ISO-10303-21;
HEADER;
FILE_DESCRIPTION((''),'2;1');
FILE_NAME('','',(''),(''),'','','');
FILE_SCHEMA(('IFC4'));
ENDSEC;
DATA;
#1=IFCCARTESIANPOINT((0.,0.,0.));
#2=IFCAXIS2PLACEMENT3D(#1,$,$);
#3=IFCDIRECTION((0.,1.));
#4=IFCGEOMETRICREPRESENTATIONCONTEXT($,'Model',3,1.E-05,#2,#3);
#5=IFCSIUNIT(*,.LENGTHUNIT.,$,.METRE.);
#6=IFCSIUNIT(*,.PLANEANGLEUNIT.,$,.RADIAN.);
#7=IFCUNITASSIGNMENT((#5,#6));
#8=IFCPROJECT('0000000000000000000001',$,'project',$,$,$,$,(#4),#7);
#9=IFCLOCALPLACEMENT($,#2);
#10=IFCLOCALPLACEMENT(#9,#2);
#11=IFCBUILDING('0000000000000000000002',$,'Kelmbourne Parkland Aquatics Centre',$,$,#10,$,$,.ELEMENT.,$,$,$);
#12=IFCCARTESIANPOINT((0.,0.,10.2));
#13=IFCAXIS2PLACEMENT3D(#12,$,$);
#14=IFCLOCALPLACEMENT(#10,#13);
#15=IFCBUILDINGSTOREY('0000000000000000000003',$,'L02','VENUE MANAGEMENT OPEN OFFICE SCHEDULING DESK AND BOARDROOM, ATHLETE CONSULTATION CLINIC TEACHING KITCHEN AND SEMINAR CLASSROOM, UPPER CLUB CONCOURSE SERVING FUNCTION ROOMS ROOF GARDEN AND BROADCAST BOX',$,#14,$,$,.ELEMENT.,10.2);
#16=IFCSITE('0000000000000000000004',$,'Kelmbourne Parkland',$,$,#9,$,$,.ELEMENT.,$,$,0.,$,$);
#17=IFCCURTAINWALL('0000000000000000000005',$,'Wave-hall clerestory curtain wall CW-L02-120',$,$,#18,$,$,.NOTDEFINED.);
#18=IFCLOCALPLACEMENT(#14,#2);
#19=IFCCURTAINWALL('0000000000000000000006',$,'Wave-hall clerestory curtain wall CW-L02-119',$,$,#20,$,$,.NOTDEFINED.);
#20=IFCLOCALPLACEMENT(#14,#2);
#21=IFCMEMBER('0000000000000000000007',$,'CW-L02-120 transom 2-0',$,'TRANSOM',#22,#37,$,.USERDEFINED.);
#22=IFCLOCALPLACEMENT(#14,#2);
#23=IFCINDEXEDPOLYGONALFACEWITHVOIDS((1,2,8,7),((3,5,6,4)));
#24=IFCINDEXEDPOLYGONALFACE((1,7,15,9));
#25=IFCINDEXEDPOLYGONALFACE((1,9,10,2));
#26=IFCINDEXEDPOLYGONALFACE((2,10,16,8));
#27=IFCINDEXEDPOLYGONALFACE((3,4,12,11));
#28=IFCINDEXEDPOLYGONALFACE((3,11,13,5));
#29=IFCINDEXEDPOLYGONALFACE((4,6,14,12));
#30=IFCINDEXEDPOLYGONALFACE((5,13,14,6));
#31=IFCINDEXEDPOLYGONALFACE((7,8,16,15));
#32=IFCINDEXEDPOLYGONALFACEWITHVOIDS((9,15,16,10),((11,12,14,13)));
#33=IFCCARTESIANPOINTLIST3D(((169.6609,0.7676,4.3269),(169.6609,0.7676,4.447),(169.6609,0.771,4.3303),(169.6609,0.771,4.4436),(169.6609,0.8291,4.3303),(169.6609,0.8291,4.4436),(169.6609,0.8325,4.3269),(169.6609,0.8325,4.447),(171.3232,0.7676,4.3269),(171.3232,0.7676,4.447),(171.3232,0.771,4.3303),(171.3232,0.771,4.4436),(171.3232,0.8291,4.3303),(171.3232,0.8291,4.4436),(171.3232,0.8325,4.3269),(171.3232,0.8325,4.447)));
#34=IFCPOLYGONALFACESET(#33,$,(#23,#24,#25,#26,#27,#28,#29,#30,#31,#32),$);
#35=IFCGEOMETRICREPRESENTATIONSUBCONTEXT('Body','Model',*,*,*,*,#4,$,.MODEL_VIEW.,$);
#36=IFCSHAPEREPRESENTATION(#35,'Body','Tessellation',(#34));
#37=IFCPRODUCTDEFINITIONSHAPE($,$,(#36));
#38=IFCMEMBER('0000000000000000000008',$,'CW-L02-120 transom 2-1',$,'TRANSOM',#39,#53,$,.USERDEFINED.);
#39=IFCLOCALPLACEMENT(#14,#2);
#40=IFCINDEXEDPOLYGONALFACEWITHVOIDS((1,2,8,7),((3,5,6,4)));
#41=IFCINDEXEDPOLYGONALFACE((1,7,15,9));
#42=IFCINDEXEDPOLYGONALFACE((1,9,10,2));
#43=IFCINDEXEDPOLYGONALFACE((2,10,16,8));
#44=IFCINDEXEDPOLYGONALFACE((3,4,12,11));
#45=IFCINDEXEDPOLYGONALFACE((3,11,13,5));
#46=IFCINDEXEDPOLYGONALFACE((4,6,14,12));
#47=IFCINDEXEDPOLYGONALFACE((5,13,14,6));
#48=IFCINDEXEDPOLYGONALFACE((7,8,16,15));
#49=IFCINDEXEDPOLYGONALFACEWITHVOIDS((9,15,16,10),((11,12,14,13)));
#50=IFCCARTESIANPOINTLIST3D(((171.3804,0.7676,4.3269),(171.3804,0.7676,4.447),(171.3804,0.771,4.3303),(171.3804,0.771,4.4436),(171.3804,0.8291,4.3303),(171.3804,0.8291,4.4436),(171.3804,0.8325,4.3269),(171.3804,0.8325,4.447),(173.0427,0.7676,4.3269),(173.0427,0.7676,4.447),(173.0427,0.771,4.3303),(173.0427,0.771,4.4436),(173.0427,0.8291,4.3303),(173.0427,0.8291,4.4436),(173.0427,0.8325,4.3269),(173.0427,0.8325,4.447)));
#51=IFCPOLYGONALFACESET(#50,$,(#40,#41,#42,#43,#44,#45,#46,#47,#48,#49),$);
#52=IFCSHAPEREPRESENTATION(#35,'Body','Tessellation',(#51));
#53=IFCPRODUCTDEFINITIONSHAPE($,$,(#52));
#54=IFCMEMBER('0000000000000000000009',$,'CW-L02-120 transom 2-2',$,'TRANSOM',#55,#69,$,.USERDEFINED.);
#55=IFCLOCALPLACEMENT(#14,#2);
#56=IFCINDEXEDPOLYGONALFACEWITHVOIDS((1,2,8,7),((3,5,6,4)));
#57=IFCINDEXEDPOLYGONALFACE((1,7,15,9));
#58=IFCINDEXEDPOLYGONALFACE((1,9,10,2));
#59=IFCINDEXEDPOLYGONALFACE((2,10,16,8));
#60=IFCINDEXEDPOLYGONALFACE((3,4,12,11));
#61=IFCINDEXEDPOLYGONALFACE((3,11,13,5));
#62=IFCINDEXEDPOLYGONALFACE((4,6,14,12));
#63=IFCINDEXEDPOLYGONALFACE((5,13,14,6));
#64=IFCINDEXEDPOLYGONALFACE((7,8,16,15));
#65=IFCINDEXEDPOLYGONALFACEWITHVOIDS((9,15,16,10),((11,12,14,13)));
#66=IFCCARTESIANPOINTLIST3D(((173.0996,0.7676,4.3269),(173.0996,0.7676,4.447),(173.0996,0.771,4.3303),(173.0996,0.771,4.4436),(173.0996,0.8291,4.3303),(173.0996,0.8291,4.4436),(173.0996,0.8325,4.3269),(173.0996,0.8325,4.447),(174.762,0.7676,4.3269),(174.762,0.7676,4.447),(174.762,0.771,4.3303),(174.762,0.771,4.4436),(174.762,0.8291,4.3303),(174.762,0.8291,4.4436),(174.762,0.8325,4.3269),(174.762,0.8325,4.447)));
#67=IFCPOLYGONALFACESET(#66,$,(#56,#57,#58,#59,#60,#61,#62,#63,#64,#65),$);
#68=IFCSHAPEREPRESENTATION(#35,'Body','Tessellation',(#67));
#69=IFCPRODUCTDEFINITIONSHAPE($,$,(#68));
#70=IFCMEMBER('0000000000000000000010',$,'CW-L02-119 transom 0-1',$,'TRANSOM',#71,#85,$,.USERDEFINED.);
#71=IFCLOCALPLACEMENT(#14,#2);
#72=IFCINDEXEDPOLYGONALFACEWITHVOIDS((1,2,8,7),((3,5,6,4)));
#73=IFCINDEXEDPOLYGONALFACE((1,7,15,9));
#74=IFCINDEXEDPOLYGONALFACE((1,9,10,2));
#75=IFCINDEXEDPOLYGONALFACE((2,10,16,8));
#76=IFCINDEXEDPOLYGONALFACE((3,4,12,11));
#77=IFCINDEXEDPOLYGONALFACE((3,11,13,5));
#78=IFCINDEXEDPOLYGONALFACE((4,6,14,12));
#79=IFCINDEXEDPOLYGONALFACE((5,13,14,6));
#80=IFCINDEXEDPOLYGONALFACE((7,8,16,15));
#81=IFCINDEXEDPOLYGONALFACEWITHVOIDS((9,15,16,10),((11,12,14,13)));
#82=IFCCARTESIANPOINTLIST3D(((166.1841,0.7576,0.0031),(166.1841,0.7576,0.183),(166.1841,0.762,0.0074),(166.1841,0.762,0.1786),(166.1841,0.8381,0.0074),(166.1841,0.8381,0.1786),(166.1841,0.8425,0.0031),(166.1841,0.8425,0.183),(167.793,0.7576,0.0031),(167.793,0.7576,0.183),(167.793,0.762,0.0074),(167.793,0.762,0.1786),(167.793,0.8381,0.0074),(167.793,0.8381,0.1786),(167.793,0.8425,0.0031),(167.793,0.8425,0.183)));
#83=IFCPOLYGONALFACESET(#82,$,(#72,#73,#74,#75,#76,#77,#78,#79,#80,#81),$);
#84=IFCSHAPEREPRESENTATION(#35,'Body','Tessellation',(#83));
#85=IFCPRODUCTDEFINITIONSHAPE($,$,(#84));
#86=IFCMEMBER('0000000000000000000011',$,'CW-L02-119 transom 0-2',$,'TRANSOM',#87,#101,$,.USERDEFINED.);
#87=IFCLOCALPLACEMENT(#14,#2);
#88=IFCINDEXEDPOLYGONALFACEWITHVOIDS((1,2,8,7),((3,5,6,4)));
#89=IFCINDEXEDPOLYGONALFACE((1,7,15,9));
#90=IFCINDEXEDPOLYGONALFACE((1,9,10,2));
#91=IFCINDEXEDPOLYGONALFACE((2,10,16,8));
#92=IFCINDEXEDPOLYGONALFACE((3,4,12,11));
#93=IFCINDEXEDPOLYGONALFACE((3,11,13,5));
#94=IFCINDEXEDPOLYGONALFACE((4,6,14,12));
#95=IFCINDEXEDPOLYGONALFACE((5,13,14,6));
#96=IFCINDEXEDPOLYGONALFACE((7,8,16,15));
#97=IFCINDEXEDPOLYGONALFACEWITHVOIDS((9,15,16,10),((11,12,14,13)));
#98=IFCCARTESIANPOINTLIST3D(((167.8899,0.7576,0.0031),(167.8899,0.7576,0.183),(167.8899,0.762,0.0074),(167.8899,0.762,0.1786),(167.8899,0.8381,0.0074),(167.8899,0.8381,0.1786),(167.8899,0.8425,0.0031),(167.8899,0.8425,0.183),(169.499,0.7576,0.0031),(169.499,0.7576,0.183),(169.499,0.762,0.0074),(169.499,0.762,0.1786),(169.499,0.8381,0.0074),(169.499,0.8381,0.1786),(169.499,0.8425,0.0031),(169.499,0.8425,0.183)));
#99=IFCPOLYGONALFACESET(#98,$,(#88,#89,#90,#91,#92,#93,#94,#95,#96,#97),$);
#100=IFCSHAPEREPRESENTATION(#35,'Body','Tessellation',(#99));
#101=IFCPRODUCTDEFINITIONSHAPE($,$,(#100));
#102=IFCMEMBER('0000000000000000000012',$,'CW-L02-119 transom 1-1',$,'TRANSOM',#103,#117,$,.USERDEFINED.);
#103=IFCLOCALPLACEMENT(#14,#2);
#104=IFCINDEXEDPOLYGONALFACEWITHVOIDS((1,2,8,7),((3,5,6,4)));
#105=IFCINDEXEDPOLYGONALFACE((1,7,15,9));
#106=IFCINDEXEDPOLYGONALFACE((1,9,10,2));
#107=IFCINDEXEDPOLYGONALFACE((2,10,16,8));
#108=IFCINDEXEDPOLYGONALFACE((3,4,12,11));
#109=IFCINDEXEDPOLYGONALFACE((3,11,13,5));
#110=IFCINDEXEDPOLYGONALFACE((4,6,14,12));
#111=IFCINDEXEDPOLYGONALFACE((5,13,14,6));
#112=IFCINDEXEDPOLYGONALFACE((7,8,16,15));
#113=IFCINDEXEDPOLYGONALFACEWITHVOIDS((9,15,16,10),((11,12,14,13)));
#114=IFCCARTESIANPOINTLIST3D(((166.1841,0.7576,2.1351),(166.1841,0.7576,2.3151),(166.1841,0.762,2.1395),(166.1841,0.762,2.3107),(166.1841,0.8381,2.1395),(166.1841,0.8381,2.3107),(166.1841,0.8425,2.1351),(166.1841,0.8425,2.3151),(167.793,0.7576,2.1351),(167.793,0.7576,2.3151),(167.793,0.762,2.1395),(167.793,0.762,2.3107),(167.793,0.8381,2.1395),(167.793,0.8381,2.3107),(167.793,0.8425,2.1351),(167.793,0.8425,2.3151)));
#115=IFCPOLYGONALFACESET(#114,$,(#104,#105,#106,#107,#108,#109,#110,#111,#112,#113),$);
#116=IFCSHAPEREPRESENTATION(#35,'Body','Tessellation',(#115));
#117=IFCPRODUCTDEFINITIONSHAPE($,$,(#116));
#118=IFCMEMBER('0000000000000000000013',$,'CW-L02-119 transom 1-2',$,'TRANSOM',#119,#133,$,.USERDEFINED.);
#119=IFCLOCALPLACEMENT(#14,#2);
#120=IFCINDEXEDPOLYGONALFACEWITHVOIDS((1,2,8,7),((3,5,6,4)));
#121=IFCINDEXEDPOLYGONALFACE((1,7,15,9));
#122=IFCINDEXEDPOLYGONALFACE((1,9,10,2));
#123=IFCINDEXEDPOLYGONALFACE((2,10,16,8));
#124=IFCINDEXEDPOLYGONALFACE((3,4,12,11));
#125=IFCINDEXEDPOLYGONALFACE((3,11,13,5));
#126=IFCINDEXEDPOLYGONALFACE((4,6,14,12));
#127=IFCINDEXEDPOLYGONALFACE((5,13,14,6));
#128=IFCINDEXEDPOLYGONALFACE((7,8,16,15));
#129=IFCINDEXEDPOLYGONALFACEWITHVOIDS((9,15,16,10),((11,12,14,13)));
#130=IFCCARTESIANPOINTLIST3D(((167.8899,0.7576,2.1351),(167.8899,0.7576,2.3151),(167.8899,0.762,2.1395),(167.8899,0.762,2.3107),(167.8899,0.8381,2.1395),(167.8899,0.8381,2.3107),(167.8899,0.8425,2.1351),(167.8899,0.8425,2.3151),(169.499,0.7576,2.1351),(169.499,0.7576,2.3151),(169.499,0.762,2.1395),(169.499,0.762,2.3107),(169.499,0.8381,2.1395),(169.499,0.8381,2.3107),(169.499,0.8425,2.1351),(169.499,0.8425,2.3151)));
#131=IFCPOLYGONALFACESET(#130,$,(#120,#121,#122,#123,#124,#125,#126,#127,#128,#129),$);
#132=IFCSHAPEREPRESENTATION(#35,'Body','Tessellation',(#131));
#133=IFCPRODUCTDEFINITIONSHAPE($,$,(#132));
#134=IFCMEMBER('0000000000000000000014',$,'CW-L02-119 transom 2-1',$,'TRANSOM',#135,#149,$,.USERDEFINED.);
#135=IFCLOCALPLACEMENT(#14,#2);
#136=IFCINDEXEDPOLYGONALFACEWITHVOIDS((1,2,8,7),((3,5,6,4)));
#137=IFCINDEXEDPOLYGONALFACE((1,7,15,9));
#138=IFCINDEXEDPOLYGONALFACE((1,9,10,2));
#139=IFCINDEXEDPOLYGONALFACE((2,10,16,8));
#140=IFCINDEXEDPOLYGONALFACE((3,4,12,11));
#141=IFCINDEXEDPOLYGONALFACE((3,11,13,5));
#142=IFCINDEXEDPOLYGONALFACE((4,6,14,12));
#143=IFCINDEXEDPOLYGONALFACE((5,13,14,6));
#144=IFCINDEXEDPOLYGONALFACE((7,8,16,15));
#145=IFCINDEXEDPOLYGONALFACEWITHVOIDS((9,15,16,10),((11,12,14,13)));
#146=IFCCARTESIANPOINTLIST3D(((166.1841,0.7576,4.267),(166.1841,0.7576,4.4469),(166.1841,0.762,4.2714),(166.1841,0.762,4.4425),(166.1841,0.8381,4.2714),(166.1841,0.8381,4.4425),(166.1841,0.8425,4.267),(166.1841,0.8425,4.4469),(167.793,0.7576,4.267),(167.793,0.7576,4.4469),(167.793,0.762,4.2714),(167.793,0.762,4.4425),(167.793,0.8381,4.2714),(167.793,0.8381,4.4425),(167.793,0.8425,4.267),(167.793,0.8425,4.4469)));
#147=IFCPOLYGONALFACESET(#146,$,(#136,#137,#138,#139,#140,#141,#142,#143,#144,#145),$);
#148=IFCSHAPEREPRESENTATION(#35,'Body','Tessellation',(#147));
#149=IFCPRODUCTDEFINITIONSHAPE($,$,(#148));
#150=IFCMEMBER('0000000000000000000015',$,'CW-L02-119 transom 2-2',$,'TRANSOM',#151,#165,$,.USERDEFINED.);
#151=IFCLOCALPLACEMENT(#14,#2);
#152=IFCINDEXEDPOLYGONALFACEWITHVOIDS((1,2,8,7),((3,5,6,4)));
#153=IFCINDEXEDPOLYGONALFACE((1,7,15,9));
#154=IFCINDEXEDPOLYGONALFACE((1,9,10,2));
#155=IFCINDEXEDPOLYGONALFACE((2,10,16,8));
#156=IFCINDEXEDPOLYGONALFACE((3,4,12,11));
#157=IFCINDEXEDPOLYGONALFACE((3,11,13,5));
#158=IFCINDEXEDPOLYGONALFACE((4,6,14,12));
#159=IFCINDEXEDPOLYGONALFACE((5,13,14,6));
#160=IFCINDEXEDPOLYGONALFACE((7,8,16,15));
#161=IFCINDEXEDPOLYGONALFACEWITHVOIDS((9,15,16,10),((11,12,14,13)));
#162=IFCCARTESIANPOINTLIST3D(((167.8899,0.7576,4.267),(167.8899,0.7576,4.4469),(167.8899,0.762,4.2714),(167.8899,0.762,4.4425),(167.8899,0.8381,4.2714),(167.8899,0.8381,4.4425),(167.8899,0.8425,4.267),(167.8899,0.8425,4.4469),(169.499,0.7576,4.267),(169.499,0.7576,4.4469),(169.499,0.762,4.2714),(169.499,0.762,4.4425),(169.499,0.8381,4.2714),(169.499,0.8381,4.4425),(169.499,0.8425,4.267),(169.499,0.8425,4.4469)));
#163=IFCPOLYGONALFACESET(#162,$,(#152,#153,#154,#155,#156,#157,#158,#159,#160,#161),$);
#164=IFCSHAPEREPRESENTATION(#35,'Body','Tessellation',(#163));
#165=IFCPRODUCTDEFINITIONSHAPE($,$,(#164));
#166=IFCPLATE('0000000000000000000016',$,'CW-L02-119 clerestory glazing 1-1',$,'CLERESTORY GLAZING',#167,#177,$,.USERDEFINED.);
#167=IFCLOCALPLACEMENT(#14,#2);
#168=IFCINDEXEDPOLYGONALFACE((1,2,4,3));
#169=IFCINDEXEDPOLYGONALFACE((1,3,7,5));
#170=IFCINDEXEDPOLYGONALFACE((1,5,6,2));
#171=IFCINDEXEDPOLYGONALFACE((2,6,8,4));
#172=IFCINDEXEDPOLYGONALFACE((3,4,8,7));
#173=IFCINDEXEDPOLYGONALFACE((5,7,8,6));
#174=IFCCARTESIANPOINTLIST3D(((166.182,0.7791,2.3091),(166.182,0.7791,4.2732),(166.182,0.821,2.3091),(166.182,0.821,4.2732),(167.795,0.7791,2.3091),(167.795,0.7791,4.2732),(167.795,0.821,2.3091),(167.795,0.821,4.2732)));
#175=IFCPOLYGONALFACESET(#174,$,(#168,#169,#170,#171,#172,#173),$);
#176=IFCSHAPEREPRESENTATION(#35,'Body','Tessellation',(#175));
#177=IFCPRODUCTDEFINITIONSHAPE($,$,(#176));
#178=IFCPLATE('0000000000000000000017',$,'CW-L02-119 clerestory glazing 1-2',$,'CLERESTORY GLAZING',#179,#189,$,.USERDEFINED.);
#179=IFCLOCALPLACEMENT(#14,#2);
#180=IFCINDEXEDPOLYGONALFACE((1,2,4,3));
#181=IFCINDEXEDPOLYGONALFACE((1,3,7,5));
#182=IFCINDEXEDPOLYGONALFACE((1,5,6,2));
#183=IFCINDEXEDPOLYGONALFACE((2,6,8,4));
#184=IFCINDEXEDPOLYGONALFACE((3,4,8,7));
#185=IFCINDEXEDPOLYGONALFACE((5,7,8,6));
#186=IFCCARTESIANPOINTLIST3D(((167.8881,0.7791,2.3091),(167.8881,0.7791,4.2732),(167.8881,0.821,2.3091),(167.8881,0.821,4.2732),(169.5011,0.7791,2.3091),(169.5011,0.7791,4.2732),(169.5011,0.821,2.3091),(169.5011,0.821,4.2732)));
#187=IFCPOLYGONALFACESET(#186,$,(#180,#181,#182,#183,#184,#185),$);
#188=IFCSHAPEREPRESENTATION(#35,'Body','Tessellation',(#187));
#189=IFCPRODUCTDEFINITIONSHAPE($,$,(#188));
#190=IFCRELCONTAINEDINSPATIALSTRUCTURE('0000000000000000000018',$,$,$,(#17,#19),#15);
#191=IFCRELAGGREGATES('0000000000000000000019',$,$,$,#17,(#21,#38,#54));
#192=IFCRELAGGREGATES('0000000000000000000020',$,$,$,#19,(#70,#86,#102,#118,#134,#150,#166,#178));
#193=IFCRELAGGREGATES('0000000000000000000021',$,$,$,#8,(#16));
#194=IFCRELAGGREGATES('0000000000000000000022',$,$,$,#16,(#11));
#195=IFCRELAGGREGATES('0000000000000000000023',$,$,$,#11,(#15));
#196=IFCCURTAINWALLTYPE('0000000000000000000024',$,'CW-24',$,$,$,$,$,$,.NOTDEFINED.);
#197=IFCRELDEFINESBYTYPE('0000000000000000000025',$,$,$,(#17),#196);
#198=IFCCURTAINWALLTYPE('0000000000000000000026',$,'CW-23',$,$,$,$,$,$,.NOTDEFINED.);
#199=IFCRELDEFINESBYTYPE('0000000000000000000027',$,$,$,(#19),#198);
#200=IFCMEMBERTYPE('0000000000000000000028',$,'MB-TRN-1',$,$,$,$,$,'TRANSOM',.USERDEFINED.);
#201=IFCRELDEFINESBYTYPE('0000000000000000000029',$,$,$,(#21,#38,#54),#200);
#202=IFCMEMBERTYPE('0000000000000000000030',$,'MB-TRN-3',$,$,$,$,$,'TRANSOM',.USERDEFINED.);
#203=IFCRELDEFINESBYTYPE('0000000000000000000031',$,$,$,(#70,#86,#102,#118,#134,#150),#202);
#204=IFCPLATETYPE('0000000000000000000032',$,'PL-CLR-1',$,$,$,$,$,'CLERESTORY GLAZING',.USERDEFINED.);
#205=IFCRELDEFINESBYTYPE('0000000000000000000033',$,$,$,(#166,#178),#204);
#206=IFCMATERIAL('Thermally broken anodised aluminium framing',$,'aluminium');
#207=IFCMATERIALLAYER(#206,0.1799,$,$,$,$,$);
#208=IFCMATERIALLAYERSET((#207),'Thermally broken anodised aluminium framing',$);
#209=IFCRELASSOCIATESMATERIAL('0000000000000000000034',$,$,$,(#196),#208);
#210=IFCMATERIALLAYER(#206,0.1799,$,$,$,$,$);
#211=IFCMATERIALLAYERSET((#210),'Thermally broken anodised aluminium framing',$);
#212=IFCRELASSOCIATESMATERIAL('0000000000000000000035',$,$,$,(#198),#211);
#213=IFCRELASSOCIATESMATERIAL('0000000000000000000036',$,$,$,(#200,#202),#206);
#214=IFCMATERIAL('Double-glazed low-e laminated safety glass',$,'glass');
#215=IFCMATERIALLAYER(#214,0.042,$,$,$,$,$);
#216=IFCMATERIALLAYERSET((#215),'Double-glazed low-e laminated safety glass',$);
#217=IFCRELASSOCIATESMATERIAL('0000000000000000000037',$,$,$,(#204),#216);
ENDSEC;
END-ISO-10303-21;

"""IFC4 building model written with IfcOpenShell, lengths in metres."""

from ifc_helpers import new_model, si_unit, direction, frame, origin, origin_2d, place, context, subcontext, project, spatial, rectangle, hollow_rectangle, extrude, material, layer, layer_set, material_profile, profile_set, type_object, element, aggregate, save


model = new_model("IFC4")

# Units and contexts
model_context = context("Model", 3, precision=1e-05, world=origin(), true_north=direction((0.0, 1.0)))
body_context = subcontext(model_context, "Body", "Model", "MODEL_VIEW")
ifc_project = project(units=[si_unit("LENGTHUNIT", "METRE"), si_unit("PLANEANGLEUNIT", "RADIAN")], contexts=[model_context])

# Site, building, storey
site_placement = place(None, origin())
site = spatial("IfcSite", under=ifc_project, at=site_placement, Name="Kelmbourne Parkland", CompositionType="ELEMENT", RefElevation=0.0)
building_placement = place(site_placement, origin())
building = spatial("IfcBuilding", under=site, at=building_placement, Name="Kelmbourne Parkland Aquatics Centre", CompositionType="ELEMENT")
storey_placement = place(building_placement, frame((0.0, 0.0, 10.2)))
storey = spatial("IfcBuildingStorey", under=building, at=storey_placement, Name="L02", Description="VENUE MANAGEMENT OPEN OFFICE SCHEDULING DESK AND BOARDROOM, ATHLETE CONSULTATION CLINIC TEACHING KITCHEN AND SEMINAR CLASSROOM, UPPER CLUB CONCOURSE SERVING FUNCTION ROOMS ROOF GARDEN AND BROADCAST BOX", CompositionType="ELEMENT", Elevation=10.2)

# Curtain walls
ifc_material_1 = material(Name="Thermally broken anodised aluminium framing", Category="aluminium")
ifc_layer_1 = layer(ifc_material_1, 0.1799)
ifc_layer_set_1 = layer_set([ifc_layer_1], Name="Thermally broken anodised aluminium framing")
curtain_wall_type_1 = type_object("IfcCurtainWallType", Name="CW-24", PredefinedType="NOTDEFINED", material=ifc_layer_set_1)
curtain_wall_1_placement = place(storey_placement, origin())
curtain_wall_1 = element("IfcCurtainWall", 1, at=curtain_wall_1_placement, inside=storey, type_object=curtain_wall_type_1, Name="Wave-hall clerestory curtain wall CW-L02-120", PredefinedType="NOTDEFINED")
ifc_layer_2 = layer(ifc_material_1, 0.1799)
ifc_layer_set_2 = layer_set([ifc_layer_2], Name="Thermally broken anodised aluminium framing")
curtain_wall_type_2 = type_object("IfcCurtainWallType", Name="CW-23", PredefinedType="NOTDEFINED", material=ifc_layer_set_2)
curtain_wall_2_placement = place(storey_placement, origin())
curtain_wall_2 = element("IfcCurtainWall", 2, at=curtain_wall_2_placement, inside=storey, type_object=curtain_wall_type_2, Name="Wave-hall clerestory curtain wall CW-L02-119", PredefinedType="NOTDEFINED")

# Members
ifc_material_profile_1 = material_profile(ifc_material_1, hollow_rectangle(XDim=0.0649, YDim=0.1201, WallThickness=0.0034, at=origin_2d()), Name="CW-T 65x120")
ifc_profile_set_1 = profile_set([ifc_material_profile_1], Name="Thermally broken anodised aluminium framing")
member_type_1 = type_object("IfcMemberType", Name="MB-TRN-1", ElementType="TRANSOM", PredefinedType="USERDEFINED", material=ifc_profile_set_1)
member_1_placement = place(storey_placement, frame((169.6609, 0.8, 4.387), z_axis=(1.0, 0.0, 0.0), x_axis=(0.0, 1.0, 0.0)))
member_1 = element("IfcMember", 3, at=member_1_placement, type_object=member_type_1, Name="CW-L02-120 transom 2-0", ObjectType="TRANSOM", PredefinedType="USERDEFINED", context=body_context, shape_type="SweptSolid", body=[
    extrude(hollow_rectangle(XDim=0.0649, YDim=0.1201, WallThickness=0.0034, at=origin_2d()), origin(), (0.0, 0.0, 1.0), 1.6624),
])
member_2_placement = place(storey_placement, frame((171.3804, 0.8, 4.387), z_axis=(1.0, 0.0, 0.0), x_axis=(0.0, 1.0, 0.0)))
member_2 = element("IfcMember", 4, at=member_2_placement, type_object=member_type_1, Name="CW-L02-120 transom 2-1", ObjectType="TRANSOM", PredefinedType="USERDEFINED", context=body_context, shape_type="SweptSolid", body=[
    extrude(hollow_rectangle(XDim=0.0649, YDim=0.1201, WallThickness=0.0034, at=origin_2d()), origin(), (0.0, 0.0, 1.0), 1.6624),
])
member_3_placement = place(storey_placement, frame((173.0996, 0.8, 4.387), z_axis=(1.0, 0.0, 0.0), x_axis=(0.0, 1.0, 0.0)))
member_3 = element("IfcMember", 5, at=member_3_placement, type_object=member_type_1, Name="CW-L02-120 transom 2-2", ObjectType="TRANSOM", PredefinedType="USERDEFINED", context=body_context, shape_type="SweptSolid", body=[
    extrude(hollow_rectangle(XDim=0.0649, YDim=0.1201, WallThickness=0.0034, at=origin_2d()), origin(), (0.0, 0.0, 1.0), 1.6624),
])
ifc_material_profile_2 = material_profile(ifc_material_1, hollow_rectangle(XDim=0.085, YDim=0.1799, WallThickness=0.0044, at=origin_2d()), Name="CW-T 85x180")
ifc_profile_set_2 = profile_set([ifc_material_profile_2], Name="Thermally broken anodised aluminium framing")
member_type_2 = type_object("IfcMemberType", Name="MB-TRN-3", ElementType="TRANSOM", PredefinedType="USERDEFINED", material=ifc_profile_set_2)
member_4_placement = place(storey_placement, frame((166.1841, 0.8, 0.093), z_axis=(1.0, 0.0, 0.0), x_axis=(0.0, 1.0, 0.0)))
member_4 = element("IfcMember", 6, at=member_4_placement, type_object=member_type_2, Name="CW-L02-119 transom 0-1", ObjectType="TRANSOM", PredefinedType="USERDEFINED", context=body_context, shape_type="SweptSolid", body=[
    extrude(hollow_rectangle(XDim=0.085, YDim=0.1799, WallThickness=0.0044, at=origin_2d()), origin(), (0.0, 0.0, 1.0), 1.6089),
])
member_5_placement = place(storey_placement, frame((167.8899, 0.8, 0.093), z_axis=(1.0, 0.0, 0.0), x_axis=(0.0, 1.0, 0.0)))
member_5 = element("IfcMember", 7, at=member_5_placement, type_object=member_type_2, Name="CW-L02-119 transom 0-2", ObjectType="TRANSOM", PredefinedType="USERDEFINED", context=body_context, shape_type="SweptSolid", body=[
    extrude(hollow_rectangle(XDim=0.085, YDim=0.1799, WallThickness=0.0044, at=origin_2d()), origin(), (0.0, 0.0, 1.0), 1.6091),
])
member_6_placement = place(storey_placement, frame((166.1841, 0.8, 2.2251), z_axis=(1.0, 0.0, 0.0), x_axis=(0.0, 1.0, 0.0)))
member_6 = element("IfcMember", 8, at=member_6_placement, type_object=member_type_2, Name="CW-L02-119 transom 1-1", ObjectType="TRANSOM", PredefinedType="USERDEFINED", context=body_context, shape_type="SweptSolid", body=[
    extrude(hollow_rectangle(XDim=0.085, YDim=0.1799, WallThickness=0.0044, at=origin_2d()), origin(), (0.0, 0.0, 1.0), 1.6089),
])
member_7_placement = place(storey_placement, frame((167.8899, 0.8, 2.2251), z_axis=(1.0, 0.0, 0.0), x_axis=(0.0, 1.0, 0.0)))
member_7 = element("IfcMember", 9, at=member_7_placement, type_object=member_type_2, Name="CW-L02-119 transom 1-2", ObjectType="TRANSOM", PredefinedType="USERDEFINED", context=body_context, shape_type="SweptSolid", body=[
    extrude(hollow_rectangle(XDim=0.085, YDim=0.1799, WallThickness=0.0044, at=origin_2d()), origin(), (0.0, 0.0, 1.0), 1.6091),
])
member_8_placement = place(storey_placement, frame((166.1841, 0.8, 4.3569), z_axis=(1.0, 0.0, 0.0), x_axis=(0.0, 1.0, 0.0)))
member_8 = element("IfcMember", 10, at=member_8_placement, type_object=member_type_2, Name="CW-L02-119 transom 2-1", ObjectType="TRANSOM", PredefinedType="USERDEFINED", context=body_context, shape_type="SweptSolid", body=[
    extrude(hollow_rectangle(XDim=0.085, YDim=0.1799, WallThickness=0.0044, at=origin_2d()), origin(), (0.0, 0.0, 1.0), 1.6089),
])
member_9_placement = place(storey_placement, frame((167.8899, 0.8, 4.3569), z_axis=(1.0, 0.0, 0.0), x_axis=(0.0, 1.0, 0.0)))
member_9 = element("IfcMember", 11, at=member_9_placement, type_object=member_type_2, Name="CW-L02-119 transom 2-2", ObjectType="TRANSOM", PredefinedType="USERDEFINED", context=body_context, shape_type="SweptSolid", body=[
    extrude(hollow_rectangle(XDim=0.085, YDim=0.1799, WallThickness=0.0044, at=origin_2d()), origin(), (0.0, 0.0, 1.0), 1.6091),
])

# Plates
ifc_material_2 = material(Name="Double-glazed low-e laminated safety glass", Category="glass")
ifc_layer_3 = layer(ifc_material_2, 0.042)
ifc_layer_set_3 = layer_set([ifc_layer_3], Name="Double-glazed low-e laminated safety glass")
plate_type_1 = type_object("IfcPlateType", Name="PL-CLR-1", ElementType="CLERESTORY GLAZING", PredefinedType="USERDEFINED", material=ifc_layer_set_3)
plate_1_placement = place(storey_placement, frame((166.9885, 0.8, 2.3091), z_axis=(0.0, 0.0, 1.0), x_axis=(1.0, 0.0, 0.0)))
plate_1 = element("IfcPlate", 12, at=plate_1_placement, type_object=plate_type_1, Name="CW-L02-119 clerestory glazing 1-1", ObjectType="CLERESTORY GLAZING", PredefinedType="USERDEFINED", context=body_context, shape_type="SweptSolid", body=[
    extrude(rectangle(XDim=1.613, YDim=0.042, at=origin_2d()), origin(), (0.0, 0.0, 1.0), 1.9641),
])
plate_2_placement = place(storey_placement, frame((168.6946, 0.8, 2.3091), z_axis=(0.0, 0.0, 1.0), x_axis=(1.0, 0.0, 0.0)))
plate_2 = element("IfcPlate", 13, at=plate_2_placement, type_object=plate_type_1, Name="CW-L02-119 clerestory glazing 1-2", ObjectType="CLERESTORY GLAZING", PredefinedType="USERDEFINED", context=body_context, shape_type="SweptSolid", body=[
    extrude(rectangle(XDim=1.613, YDim=0.042, at=origin_2d()), origin(), (0.0, 0.0, 1.0), 1.9641),
])
aggregate(curtain_wall_1, [member_1, member_2, member_3])
aggregate(curtain_wall_2, [member_4, member_5, member_6, member_7, member_8, member_9, plate_1, plate_2])

save(model, "model.ifc")
